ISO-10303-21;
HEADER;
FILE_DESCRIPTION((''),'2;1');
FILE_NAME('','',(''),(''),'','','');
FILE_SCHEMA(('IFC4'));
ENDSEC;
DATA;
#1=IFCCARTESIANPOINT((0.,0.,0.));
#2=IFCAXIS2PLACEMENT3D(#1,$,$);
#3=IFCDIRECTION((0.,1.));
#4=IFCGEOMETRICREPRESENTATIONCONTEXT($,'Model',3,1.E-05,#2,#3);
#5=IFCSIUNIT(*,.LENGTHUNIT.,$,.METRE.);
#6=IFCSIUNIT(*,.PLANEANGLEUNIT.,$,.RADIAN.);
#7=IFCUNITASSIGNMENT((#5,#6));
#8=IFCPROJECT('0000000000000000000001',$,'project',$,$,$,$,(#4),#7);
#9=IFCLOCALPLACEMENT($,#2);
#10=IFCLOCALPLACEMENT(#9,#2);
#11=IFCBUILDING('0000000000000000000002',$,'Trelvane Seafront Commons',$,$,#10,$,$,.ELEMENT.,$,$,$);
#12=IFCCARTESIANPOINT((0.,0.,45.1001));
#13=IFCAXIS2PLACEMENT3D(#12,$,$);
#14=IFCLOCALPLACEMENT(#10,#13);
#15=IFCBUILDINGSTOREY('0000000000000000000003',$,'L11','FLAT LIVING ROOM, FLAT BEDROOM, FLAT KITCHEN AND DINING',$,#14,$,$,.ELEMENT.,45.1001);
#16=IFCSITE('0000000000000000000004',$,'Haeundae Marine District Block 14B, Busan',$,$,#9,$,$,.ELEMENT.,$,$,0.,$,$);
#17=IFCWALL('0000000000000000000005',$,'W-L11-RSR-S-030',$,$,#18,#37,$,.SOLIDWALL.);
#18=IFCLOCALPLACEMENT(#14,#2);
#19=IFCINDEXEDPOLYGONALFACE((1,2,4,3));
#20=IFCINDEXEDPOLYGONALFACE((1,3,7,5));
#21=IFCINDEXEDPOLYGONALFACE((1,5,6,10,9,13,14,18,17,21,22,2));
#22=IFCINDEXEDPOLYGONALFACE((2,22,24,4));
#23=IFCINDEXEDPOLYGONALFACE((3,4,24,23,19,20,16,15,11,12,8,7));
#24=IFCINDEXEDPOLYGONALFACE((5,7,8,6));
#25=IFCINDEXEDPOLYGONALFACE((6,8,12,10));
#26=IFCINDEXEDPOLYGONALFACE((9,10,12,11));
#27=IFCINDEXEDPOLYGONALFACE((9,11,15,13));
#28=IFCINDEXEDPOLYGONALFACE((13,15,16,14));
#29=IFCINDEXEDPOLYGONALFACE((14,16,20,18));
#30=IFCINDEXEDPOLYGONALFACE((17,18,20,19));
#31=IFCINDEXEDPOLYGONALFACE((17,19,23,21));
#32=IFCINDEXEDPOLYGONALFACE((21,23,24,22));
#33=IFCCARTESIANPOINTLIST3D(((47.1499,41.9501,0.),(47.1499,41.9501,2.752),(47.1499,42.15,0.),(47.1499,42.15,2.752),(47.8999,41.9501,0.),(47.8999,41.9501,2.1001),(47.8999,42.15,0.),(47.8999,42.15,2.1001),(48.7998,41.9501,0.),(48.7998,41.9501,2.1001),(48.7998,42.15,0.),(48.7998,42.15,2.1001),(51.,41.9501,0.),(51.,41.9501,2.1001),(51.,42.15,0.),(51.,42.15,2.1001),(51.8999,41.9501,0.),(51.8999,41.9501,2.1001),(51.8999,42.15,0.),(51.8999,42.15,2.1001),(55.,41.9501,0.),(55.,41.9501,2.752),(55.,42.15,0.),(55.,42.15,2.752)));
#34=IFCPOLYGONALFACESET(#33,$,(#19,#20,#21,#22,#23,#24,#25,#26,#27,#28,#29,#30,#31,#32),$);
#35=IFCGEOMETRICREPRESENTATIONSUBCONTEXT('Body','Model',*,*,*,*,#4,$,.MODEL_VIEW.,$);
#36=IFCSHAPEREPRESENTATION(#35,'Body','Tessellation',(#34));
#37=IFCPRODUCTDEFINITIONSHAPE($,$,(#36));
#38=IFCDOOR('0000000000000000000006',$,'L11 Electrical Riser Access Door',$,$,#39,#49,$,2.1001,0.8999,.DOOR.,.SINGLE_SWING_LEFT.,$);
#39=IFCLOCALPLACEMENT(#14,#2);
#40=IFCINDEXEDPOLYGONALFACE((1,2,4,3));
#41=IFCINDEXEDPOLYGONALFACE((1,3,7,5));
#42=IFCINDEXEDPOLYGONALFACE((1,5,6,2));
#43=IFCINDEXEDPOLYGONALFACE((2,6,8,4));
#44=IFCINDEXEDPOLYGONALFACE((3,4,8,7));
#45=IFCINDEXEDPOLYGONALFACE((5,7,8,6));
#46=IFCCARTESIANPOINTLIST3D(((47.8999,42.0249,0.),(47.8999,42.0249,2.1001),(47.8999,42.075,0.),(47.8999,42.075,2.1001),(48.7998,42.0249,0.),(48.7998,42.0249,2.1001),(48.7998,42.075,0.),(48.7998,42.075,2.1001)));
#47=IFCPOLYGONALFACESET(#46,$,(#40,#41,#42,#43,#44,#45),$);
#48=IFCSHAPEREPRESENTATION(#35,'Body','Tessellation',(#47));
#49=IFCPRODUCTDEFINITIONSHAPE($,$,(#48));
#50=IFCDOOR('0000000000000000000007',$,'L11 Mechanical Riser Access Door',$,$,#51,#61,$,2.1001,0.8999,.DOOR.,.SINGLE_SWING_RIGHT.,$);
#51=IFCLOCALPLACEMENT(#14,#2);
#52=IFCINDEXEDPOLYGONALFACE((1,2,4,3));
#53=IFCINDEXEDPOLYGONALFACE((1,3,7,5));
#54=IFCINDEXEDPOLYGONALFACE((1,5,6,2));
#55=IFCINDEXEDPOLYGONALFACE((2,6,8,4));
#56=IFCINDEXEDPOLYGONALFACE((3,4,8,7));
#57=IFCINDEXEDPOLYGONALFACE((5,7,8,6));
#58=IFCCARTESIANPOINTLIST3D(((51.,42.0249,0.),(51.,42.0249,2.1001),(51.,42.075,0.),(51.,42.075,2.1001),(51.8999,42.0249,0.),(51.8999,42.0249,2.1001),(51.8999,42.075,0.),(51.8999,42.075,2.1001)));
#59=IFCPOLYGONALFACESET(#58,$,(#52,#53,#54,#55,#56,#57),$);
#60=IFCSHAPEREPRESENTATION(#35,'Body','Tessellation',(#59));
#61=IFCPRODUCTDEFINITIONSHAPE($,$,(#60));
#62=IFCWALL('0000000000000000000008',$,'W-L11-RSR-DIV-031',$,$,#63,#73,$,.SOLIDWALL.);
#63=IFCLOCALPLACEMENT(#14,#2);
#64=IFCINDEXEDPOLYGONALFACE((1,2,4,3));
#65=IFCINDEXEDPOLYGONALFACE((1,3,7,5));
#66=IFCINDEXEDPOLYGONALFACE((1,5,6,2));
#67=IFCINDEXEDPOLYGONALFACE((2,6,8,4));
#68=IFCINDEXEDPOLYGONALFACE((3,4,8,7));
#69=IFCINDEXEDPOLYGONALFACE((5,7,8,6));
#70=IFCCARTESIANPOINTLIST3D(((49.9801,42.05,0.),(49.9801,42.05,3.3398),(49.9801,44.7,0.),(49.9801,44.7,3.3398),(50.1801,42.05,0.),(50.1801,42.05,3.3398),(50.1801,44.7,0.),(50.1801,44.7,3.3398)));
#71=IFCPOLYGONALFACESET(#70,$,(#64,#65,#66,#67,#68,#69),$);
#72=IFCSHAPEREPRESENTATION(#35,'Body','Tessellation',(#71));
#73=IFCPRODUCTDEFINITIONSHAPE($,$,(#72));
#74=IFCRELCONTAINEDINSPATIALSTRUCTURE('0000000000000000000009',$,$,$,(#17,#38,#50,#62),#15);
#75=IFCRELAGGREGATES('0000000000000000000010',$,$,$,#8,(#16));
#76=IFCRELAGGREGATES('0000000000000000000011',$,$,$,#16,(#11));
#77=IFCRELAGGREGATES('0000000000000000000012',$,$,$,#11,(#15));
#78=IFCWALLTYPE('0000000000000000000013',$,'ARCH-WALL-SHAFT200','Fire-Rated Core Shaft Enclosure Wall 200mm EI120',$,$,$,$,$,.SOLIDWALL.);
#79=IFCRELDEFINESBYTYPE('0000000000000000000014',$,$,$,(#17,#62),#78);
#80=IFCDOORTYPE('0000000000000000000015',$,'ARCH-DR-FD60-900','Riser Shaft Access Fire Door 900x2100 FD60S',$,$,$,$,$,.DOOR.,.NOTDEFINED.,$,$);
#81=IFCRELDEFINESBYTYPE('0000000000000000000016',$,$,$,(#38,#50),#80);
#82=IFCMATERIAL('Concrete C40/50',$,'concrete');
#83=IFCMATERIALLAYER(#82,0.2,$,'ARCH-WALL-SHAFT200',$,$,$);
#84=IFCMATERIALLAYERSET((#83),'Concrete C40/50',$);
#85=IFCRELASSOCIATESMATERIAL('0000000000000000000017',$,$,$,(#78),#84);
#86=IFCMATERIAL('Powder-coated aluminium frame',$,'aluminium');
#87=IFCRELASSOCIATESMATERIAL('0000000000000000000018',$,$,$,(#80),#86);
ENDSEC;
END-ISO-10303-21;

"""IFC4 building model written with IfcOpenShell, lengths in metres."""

from ifc_helpers import new_model, si_unit, direction, frame, frame_2d, origin, place, context, subcontext, project, spatial, rectangle, extrude, source, transform, mapped, material, layer, layer_set, type_object, element, fill, save


model = new_model("IFC4")

# Units and contexts
model_context = context("Model", 3, precision=1e-05, world=origin(), true_north=direction((0.0, 1.0)))
body_context = subcontext(model_context, "Body", "Model", "MODEL_VIEW")
ifc_project = project(units=[si_unit("LENGTHUNIT", "METRE"), si_unit("PLANEANGLEUNIT", "RADIAN")], contexts=[model_context])

# Site, building, storey
site_placement = place(None, origin())
site = spatial("IfcSite", under=ifc_project, at=site_placement, Name="Haeundae Marine District Block 14B, Busan", CompositionType="ELEMENT", RefElevation=0.0)
building_placement = place(site_placement, origin())
building = spatial("IfcBuilding", under=site, at=building_placement, Name="Trelvane Seafront Commons", CompositionType="ELEMENT")
storey_placement = place(building_placement, frame((0.0, 0.0, 45.1001)))
storey = spatial("IfcBuildingStorey", under=building, at=storey_placement, Name="L11", Description="FLAT LIVING ROOM, FLAT BEDROOM, FLAT KITCHEN AND DINING", CompositionType="ELEMENT", Elevation=45.1001)

# Shared definitions
ifc_material_1 = material(Name="Concrete C40/50", Category="concrete")
ifc_layer_1 = layer(ifc_material_1, 0.2, Name="ARCH-WALL-SHAFT200")
ifc_layer_set_1 = layer_set([ifc_layer_1], Name="Concrete C40/50")
wall_type_1 = type_object("IfcWallType", Name="ARCH-WALL-SHAFT200", Description="Fire-Rated Core Shaft Enclosure Wall 200mm EI120", PredefinedType="SOLIDWALL", material=ifc_layer_set_1)

# Wall, openings, doors
wall_1_placement = place(storey_placement, frame((47.1499, 42.05, 0.0), z_axis=(0.0, 0.0, 1.0), x_axis=(1.0, 0.0, 0.0)))
wall_1 = element("IfcWall", 1, at=wall_1_placement, inside=storey, type_object=wall_type_1, Name="W-L11-RSR-S-030", PredefinedType="SOLIDWALL", context=body_context, shape_type="SweptSolid", body=[
    extrude(rectangle(XDim=7.8501, YDim=0.2, at=frame_2d((3.925, 0.0))), origin(), (0.0, 0.0, 1.0), 2.752),
])
opening_1_placement = place(wall_1_placement, frame((0.75, 0.0, 0.0)))
opening_1 = element("IfcOpeningElement", 2, at=opening_1_placement, cuts=wall_1, PredefinedType="OPENING", context=body_context, shape_type="SweptSolid", body=[
    extrude(rectangle(XDim=0.8999, YDim=2.1001, at=frame_2d((0.45, 1.05))), frame((0.0, 0.1099, 0.0), z_axis=(0.0, -1.0, 0.0), x_axis=(1.0, 0.0, 0.0)), (0.0, 0.0, 1.0), 0.22),
])
opening_2_placement = place(wall_1_placement, frame((3.8501, 0.0, 0.0)))
opening_2 = element("IfcOpeningElement", 3, at=opening_2_placement, cuts=wall_1, PredefinedType="OPENING", context=body_context, shape_type="SweptSolid", body=[
    extrude(rectangle(XDim=0.8999, YDim=2.1001, at=frame_2d((0.45, 1.05))), frame((0.0, 0.1099, 0.0), z_axis=(0.0, -1.0, 0.0), x_axis=(1.0, 0.0, 0.0)), (0.0, 0.0, 1.0), 0.22),
])
ifc_material_2 = material(Name="Powder-coated aluminium frame", Category="aluminium")
door_type_1 = type_object("IfcDoorType", Name="ARCH-DR-FD60-900", Description="Riser Shaft Access Fire Door 900x2100 FD60S", OperationType="NOTDEFINED", PredefinedType="DOOR", material=ifc_material_2)
shared_shape_1 = source(origin(), body_context, "Body", "SweptSolid", [
    extrude(rectangle(XDim=0.8999, YDim=2.1001, at=frame_2d((0.45, 1.05))), frame((0.0, 0.0249, 0.0), z_axis=(0.0, -1.0, 0.0), x_axis=(1.0, 0.0, 0.0)), (0.0, 0.0, 1.0), 0.05),
])
door_1_placement = place(opening_1_placement, origin())
door_1 = element("IfcDoor", 4, at=door_1_placement, inside=storey, type_object=door_type_1, Name="L11 Electrical Riser Access Door", OperationType="SINGLE_SWING_LEFT", OverallHeight=2.1001, OverallWidth=0.8999, PredefinedType="DOOR", context=body_context, shape_type="MappedRepresentation", body=[
    mapped(shared_shape_1, transform((0.0, 0.0, 0.0), x_axis=(1.0, 0.0, 0.0), y_axis=(0.0, 1.0, 0.0), z_axis=(0.0, 0.0, 1.0), scale=1.0)),
])
fill(opening_1, door_1)
door_2_placement = place(opening_2_placement, origin())
door_2 = element("IfcDoor", 5, at=door_2_placement, inside=storey, type_object=door_type_1, Name="L11 Mechanical Riser Access Door", OperationType="SINGLE_SWING_RIGHT", OverallHeight=2.1001, OverallWidth=0.8999, PredefinedType="DOOR", context=body_context, shape_type="MappedRepresentation", body=[
    mapped(shared_shape_1, transform((0.0, 0.0, 0.0), x_axis=(1.0, 0.0, 0.0), y_axis=(0.0, 1.0, 0.0), z_axis=(0.0, 0.0, 1.0), scale=1.0)),
])
fill(opening_2, door_2)

# Wall
wall_2_placement = place(storey_placement, frame((50.0801, 42.05, 0.0), z_axis=(0.0, 0.0, 1.0), x_axis=(0.0, 1.0, 0.0)))
element("IfcWall", 6, at=wall_2_placement, inside=storey, type_object=wall_type_1, Name="W-L11-RSR-DIV-031", PredefinedType="SOLIDWALL", context=body_context, shape_type="SweptSolid", body=[
    extrude(rectangle(XDim=2.6499, YDim=0.2, at=frame_2d((1.325, 0.0))), origin(), (0.0, 0.0, 1.0), 3.3398),
])

save(model, "model.ifc")
